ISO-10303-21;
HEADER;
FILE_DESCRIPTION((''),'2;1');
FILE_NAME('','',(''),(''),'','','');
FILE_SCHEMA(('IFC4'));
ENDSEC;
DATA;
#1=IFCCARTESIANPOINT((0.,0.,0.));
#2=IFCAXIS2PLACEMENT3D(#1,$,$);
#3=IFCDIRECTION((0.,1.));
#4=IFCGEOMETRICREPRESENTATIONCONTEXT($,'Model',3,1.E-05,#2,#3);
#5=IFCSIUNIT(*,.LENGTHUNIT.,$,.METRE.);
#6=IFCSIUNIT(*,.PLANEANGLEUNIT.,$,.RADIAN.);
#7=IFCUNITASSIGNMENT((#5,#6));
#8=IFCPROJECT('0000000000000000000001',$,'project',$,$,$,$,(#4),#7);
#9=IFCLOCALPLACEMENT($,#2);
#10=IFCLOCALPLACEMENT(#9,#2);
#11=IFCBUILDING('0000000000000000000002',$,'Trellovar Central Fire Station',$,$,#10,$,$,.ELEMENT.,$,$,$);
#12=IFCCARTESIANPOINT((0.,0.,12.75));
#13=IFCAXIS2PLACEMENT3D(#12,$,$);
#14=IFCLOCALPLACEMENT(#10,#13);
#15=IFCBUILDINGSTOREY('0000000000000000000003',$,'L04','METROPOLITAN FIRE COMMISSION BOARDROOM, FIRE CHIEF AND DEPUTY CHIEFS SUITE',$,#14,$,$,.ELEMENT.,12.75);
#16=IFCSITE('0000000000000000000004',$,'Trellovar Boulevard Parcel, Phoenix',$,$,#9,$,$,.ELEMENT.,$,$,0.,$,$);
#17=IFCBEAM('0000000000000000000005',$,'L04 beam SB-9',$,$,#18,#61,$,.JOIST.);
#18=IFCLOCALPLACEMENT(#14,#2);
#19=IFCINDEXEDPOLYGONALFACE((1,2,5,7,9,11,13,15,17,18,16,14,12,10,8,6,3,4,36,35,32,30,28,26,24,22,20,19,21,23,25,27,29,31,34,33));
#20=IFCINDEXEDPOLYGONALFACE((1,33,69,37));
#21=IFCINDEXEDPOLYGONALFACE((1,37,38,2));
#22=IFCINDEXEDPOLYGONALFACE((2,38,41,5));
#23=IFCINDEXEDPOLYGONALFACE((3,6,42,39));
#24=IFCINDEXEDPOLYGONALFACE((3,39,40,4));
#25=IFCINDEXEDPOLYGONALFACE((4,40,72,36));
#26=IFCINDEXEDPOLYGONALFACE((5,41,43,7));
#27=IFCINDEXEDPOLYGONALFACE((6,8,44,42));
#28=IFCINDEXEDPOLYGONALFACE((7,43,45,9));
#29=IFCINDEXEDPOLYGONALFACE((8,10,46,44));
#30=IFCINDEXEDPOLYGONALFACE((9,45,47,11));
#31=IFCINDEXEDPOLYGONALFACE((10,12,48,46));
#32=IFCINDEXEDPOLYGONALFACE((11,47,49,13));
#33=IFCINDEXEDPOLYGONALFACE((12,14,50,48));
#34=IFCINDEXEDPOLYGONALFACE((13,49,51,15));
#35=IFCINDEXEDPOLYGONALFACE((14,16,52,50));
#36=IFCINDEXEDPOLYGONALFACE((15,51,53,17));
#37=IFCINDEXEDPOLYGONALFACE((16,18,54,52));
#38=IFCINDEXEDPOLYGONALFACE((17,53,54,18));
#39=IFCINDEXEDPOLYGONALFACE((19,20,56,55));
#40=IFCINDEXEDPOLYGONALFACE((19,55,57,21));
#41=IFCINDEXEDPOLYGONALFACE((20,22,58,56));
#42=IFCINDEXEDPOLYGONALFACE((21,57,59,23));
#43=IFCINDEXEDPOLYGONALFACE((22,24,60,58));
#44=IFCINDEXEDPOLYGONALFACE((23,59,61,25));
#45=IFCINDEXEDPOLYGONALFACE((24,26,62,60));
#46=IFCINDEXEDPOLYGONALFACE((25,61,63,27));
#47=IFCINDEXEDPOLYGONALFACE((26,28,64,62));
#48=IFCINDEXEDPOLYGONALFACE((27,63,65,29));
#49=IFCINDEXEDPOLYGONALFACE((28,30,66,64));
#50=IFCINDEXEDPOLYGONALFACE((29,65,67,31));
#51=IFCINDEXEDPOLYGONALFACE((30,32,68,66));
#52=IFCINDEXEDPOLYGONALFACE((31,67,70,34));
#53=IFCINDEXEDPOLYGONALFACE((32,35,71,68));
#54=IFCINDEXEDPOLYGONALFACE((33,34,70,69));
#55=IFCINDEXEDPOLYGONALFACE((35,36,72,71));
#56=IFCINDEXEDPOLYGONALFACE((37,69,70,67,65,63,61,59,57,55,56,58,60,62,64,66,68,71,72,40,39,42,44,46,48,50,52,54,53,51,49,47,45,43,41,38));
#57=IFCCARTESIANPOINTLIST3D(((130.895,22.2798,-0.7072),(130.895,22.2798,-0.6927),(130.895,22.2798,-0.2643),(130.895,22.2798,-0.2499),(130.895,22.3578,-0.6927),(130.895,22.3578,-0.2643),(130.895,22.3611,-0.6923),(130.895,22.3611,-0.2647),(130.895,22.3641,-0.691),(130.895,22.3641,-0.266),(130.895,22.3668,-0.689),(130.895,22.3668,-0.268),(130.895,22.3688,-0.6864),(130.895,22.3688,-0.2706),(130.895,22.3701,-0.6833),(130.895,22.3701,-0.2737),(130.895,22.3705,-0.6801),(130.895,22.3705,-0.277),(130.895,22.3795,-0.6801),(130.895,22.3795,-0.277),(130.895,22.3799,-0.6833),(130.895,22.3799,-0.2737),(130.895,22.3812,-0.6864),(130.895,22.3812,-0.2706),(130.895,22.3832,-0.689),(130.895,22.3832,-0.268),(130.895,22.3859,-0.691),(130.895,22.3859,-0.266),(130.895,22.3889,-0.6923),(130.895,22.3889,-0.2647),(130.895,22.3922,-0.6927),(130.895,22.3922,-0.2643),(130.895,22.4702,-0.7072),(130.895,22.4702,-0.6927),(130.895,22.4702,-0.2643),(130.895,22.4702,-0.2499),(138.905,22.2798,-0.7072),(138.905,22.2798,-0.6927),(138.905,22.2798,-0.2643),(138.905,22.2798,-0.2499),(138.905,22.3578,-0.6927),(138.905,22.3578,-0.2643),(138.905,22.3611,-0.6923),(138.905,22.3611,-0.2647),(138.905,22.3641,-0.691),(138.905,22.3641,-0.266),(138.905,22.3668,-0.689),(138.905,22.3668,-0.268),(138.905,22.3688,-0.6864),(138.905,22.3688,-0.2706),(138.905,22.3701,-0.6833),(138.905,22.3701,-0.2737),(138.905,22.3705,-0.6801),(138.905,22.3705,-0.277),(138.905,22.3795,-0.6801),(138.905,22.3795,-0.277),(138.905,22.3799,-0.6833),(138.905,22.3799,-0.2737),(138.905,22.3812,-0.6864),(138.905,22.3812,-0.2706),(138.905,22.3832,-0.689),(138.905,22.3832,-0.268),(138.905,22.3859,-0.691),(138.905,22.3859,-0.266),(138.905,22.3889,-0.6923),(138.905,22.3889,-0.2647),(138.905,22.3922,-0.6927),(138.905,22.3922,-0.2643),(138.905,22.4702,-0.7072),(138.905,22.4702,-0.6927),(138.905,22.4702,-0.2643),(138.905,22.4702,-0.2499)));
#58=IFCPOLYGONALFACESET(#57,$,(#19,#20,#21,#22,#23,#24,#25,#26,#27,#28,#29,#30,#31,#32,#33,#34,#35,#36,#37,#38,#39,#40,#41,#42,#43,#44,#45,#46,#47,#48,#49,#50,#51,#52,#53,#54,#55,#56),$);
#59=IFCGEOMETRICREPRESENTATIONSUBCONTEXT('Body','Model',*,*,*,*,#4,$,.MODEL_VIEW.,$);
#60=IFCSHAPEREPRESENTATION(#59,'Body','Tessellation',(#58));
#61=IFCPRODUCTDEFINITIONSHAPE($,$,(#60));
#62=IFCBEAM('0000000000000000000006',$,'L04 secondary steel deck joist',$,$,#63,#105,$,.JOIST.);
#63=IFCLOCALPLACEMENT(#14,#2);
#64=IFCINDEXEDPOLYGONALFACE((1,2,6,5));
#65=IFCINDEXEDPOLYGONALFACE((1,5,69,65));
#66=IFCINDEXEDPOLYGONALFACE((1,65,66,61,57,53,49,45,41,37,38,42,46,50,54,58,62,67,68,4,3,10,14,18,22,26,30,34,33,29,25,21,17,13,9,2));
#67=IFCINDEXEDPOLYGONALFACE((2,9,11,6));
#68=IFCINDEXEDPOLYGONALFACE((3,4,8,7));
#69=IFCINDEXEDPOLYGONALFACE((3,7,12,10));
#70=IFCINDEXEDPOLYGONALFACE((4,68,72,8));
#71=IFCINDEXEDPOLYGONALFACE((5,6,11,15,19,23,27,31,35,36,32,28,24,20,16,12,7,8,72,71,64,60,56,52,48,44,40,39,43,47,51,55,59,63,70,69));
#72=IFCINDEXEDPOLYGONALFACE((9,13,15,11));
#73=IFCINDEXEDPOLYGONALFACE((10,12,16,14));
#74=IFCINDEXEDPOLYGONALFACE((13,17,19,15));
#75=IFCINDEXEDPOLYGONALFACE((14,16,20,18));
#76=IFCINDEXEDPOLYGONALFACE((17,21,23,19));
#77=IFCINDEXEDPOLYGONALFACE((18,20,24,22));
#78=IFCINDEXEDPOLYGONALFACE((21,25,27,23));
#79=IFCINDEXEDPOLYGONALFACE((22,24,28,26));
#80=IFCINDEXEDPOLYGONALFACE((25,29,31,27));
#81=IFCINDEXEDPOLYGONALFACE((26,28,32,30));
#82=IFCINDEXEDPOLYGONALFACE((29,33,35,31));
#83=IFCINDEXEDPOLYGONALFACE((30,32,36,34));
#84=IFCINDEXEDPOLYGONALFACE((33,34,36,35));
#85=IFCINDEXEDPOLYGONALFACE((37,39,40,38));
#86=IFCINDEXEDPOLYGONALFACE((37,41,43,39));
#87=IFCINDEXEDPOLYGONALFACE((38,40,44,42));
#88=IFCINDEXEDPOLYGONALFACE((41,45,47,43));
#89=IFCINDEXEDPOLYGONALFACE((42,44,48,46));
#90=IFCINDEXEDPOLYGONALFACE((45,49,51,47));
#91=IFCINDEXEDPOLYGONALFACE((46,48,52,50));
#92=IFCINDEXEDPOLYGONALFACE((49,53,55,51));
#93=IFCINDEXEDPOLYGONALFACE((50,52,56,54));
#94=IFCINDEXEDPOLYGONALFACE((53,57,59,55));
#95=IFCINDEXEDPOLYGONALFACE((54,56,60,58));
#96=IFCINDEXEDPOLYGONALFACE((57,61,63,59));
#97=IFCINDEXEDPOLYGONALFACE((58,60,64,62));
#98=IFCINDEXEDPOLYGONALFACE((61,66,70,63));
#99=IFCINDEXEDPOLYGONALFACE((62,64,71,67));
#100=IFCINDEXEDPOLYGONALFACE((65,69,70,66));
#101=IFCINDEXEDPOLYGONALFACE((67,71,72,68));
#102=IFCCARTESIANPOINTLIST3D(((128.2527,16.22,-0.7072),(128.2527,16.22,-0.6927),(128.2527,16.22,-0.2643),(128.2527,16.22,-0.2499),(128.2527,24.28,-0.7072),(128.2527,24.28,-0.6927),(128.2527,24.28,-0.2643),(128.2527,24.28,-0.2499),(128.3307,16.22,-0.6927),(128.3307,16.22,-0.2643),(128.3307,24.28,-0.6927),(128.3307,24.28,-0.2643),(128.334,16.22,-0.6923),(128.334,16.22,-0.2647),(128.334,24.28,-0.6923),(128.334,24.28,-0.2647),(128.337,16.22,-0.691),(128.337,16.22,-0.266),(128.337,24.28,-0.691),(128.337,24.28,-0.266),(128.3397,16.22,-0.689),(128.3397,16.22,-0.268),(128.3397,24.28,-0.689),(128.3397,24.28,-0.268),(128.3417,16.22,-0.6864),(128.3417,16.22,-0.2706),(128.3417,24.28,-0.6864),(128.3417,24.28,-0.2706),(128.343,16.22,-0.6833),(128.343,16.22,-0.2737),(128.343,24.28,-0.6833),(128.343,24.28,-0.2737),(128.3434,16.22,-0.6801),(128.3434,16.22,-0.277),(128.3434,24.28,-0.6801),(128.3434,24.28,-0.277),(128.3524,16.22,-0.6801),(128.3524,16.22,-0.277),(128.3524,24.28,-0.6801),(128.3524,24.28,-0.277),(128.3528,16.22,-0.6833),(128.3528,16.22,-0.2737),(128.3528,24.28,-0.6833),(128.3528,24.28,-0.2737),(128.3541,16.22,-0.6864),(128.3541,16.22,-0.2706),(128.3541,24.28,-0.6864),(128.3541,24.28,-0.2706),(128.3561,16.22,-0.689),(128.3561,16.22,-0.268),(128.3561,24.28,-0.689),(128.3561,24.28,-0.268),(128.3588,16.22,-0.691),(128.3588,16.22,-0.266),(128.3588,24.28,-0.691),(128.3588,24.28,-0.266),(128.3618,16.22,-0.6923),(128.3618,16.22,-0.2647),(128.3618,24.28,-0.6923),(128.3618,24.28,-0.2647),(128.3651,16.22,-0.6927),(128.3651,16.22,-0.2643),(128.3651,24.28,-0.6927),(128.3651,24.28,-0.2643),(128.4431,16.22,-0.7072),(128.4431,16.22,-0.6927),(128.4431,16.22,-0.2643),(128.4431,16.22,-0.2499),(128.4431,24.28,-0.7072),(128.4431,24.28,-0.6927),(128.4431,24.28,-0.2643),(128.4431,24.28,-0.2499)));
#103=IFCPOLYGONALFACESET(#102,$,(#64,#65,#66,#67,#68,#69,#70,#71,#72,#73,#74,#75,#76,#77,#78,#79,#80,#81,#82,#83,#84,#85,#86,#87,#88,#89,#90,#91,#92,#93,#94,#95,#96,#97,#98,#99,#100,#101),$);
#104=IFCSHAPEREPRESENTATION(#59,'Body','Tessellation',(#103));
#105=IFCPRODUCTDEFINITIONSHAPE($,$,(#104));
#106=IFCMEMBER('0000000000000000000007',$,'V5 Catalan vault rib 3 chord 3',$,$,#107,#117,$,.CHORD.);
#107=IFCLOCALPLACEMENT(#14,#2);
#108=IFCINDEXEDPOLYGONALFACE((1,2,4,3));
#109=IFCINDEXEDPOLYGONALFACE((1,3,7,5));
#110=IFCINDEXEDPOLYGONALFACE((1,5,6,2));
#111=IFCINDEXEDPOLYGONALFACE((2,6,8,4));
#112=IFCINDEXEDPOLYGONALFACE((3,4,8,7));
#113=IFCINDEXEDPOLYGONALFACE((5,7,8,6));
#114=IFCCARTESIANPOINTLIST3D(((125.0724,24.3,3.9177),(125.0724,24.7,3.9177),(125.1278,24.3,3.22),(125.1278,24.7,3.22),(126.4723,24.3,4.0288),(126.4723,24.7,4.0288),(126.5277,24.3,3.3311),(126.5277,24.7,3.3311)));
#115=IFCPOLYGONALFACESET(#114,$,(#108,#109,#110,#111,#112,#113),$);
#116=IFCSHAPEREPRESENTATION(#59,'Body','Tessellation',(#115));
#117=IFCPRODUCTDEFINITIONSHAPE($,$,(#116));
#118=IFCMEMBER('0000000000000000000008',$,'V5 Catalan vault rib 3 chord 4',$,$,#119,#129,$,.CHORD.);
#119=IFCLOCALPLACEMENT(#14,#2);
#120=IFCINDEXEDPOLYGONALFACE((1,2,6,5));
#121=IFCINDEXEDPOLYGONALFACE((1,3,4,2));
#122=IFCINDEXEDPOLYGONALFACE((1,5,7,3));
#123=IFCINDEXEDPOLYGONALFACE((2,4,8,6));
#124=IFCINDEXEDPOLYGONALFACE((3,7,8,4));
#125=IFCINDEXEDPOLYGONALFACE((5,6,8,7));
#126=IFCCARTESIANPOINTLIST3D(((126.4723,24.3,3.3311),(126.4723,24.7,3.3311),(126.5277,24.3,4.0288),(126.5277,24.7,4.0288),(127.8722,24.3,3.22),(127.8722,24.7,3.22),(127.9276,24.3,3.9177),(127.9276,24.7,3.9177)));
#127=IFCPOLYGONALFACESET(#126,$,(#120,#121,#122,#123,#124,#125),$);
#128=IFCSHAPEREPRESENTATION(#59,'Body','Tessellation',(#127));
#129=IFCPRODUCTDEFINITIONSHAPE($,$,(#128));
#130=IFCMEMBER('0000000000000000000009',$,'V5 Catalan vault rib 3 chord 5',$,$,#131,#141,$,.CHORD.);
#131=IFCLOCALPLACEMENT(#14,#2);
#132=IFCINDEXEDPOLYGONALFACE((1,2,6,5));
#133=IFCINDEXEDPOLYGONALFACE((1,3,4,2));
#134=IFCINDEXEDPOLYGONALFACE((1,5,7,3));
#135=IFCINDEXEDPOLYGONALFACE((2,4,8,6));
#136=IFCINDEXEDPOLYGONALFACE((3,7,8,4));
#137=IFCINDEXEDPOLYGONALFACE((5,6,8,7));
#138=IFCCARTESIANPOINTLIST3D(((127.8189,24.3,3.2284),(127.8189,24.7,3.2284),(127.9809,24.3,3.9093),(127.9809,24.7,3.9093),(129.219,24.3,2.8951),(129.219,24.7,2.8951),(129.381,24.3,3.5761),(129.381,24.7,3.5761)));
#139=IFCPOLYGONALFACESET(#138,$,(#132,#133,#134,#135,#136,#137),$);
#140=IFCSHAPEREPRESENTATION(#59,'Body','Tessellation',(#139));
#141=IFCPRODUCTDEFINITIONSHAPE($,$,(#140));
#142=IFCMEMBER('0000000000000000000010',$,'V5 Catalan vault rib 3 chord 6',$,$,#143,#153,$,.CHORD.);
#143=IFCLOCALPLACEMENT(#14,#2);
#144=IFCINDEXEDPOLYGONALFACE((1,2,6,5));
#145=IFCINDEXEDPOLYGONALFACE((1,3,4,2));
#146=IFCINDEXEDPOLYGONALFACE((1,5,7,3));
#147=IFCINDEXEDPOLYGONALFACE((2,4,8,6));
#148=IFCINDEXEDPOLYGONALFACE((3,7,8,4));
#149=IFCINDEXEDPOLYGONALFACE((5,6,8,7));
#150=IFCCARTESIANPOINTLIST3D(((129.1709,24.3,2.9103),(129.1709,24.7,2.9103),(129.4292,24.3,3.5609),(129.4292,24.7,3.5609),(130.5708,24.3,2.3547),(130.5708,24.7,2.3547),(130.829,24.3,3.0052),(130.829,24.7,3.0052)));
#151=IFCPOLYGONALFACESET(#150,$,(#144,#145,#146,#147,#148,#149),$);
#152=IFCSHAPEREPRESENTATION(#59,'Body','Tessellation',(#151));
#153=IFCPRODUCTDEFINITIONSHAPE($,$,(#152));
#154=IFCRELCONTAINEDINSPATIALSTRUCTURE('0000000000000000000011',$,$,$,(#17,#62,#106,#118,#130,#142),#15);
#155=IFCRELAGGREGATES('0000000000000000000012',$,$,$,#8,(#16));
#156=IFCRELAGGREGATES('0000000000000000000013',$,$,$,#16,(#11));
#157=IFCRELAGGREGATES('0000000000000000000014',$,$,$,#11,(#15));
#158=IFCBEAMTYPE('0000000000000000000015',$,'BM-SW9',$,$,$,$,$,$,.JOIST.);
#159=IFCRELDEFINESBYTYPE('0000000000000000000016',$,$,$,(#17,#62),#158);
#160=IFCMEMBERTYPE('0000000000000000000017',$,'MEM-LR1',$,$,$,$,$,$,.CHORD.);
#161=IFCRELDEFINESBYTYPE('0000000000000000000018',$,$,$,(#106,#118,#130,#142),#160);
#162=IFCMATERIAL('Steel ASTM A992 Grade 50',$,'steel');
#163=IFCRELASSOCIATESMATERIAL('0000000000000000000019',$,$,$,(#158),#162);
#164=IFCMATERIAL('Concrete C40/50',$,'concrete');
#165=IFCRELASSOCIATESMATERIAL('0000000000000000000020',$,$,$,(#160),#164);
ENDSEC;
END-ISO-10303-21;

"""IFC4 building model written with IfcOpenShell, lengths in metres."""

from ifc_helpers import new_model, si_unit, direction, frame, origin, origin_2d, place, context, subcontext, project, spatial, rectangle, i_section, extrude, material, material_profile, profile_set, type_object, element, save


model = new_model("IFC4")

# Units and contexts
model_context = context("Model", 3, precision=1e-05, world=origin(), true_north=direction((0.0, 1.0)))
body_context = subcontext(model_context, "Body", "Model", "MODEL_VIEW")
ifc_project = project(units=[si_unit("LENGTHUNIT", "METRE"), si_unit("PLANEANGLEUNIT", "RADIAN")], contexts=[model_context])

# Site, building, storey
site_placement = place(None, origin())
site = spatial("IfcSite", under=ifc_project, at=site_placement, Name="Trellovar Boulevard Parcel, Phoenix", CompositionType="ELEMENT", RefElevation=0.0)
building_placement = place(site_placement, origin())
building = spatial("IfcBuilding", under=site, at=building_placement, Name="Trellovar Central Fire Station", CompositionType="ELEMENT")
storey_placement = place(building_placement, frame((0.0, 0.0, 12.75)))
storey = spatial("IfcBuildingStorey", under=building, at=storey_placement, Name="L04", Description="METROPOLITAN FIRE COMMISSION BOARDROOM, FIRE CHIEF AND DEPUTY CHIEFS SUITE", CompositionType="ELEMENT", Elevation=12.75)

# Beams
ifc_material_1 = material(Name="Steel ASTM A992 Grade 50", Category="steel")
ifc_material_profile_1 = material_profile(ifc_material_1, i_section(OverallWidth=0.1904, OverallDepth=0.4573, WebThickness=0.009, FlangeThickness=0.0144, FilletRadius=0.0127, at=origin_2d()), Name="W18X50")
ifc_profile_set_1 = profile_set([ifc_material_profile_1], Name="Steel ASTM A992 Grade 50")
beam_type_1 = type_object("IfcBeamType", Name="BM-SW9", PredefinedType="JOIST", material=ifc_profile_set_1)
for number, where, z_axis, x_axis, name in (
    (1, (130.895, 22.375, -0.4785), (1.0, 0.0, 0.0), (0.0, 1.0, 0.0), "L04 beam SB-9"),
):
    element("IfcBeam", number, at=place(storey_placement, frame(where, z_axis=z_axis, x_axis=x_axis)), inside=storey, type_object=beam_type_1, Name=name, PredefinedType="JOIST", context=body_context, shape_type="SweptSolid", body=[
        extrude(i_section(OverallWidth=0.1904, OverallDepth=0.4573, WebThickness=0.009, FlangeThickness=0.0144, FilletRadius=0.0127, at=origin_2d()), origin(), (0.0, 0.0, 1.0), 8.01),
    ])
beam_1_placement = place(storey_placement, frame((128.3479, 16.22, -0.4785), z_axis=(0.0, 1.0, 0.0), x_axis=(-1.0, 0.0, 0.0)))
element("IfcBeam", 2, at=beam_1_placement, inside=storey, type_object=beam_type_1, Name="L04 secondary steel deck joist", PredefinedType="JOIST", context=body_context, shape_type="SweptSolid", body=[
    extrude(i_section(OverallWidth=0.1904, OverallDepth=0.4573, WebThickness=0.009, FlangeThickness=0.0144, FilletRadius=0.0127, at=origin_2d()), origin(), (0.0, 0.0, 1.0), 8.0601),
])

# Members
ifc_material_2 = material(Name="Concrete C40/50", Category="concrete")
ifc_material_profile_2 = material_profile(ifc_material_2, rectangle(XDim=0.3999, YDim=0.7, at=origin_2d()), Name="RC400X700")
ifc_profile_set_2 = profile_set([ifc_material_profile_2], Name="Concrete C40/50")
member_type_1 = type_object("IfcMemberType", Name="MEM-LR1", PredefinedType="CHORD", material=ifc_profile_set_2)
for number, where, z_axis, x_axis, name in (
    (3, (125.1001, 24.5, 3.5688), (0.996866, 0.0, 0.079103), (0.0, 1.0, 0.0), "V5 Catalan vault rib 3 chord 3"),
    (4, (126.5, 24.5, 3.6799), (0.996866, 0.0, -0.079103), (0.0, 1.0, 0.0), "V5 Catalan vault rib 3 chord 4"),
):
    element("IfcMember", number, at=place(storey_placement, frame(where, z_axis=z_axis, x_axis=x_axis)), inside=storey, type_object=member_type_1, Name=name, PredefinedType="CHORD", context=body_context, shape_type="SweptSolid", body=[
        extrude(rectangle(XDim=0.3999, YDim=0.7, at=origin_2d()), origin(), (0.0, 0.0, 1.0), 1.4043),
    ])
member_1_placement = place(storey_placement, frame((127.8999, 24.5, 3.5688), z_axis=(0.972824, 0.0, -0.231544), x_axis=(0.0, 1.0, 0.0)))
element("IfcMember", 5, at=member_1_placement, inside=storey, type_object=member_type_1, Name="V5 Catalan vault rib 3 chord 5", PredefinedType="CHORD", context=body_context, shape_type="SweptSolid", body=[
    extrude(rectangle(XDim=0.3999, YDim=0.7, at=origin_2d()), origin(), (0.0, 0.0, 1.0), 1.4392),
])
member_2_placement = place(storey_placement, frame((129.3, 24.5, 3.2356), z_axis=(0.929457, 0.0, -0.36893), x_axis=(0.0, 1.0, 0.0)))
element("IfcMember", 6, at=member_2_placement, inside=storey, type_object=member_type_1, Name="V5 Catalan vault rib 3 chord 6", PredefinedType="CHORD", context=body_context, shape_type="SweptSolid", body=[
    extrude(rectangle(XDim=0.3999, YDim=0.7, at=origin_2d()), origin(), (0.0, 0.0, 1.0), 1.5061),
])

save(model, "model.ifc")
